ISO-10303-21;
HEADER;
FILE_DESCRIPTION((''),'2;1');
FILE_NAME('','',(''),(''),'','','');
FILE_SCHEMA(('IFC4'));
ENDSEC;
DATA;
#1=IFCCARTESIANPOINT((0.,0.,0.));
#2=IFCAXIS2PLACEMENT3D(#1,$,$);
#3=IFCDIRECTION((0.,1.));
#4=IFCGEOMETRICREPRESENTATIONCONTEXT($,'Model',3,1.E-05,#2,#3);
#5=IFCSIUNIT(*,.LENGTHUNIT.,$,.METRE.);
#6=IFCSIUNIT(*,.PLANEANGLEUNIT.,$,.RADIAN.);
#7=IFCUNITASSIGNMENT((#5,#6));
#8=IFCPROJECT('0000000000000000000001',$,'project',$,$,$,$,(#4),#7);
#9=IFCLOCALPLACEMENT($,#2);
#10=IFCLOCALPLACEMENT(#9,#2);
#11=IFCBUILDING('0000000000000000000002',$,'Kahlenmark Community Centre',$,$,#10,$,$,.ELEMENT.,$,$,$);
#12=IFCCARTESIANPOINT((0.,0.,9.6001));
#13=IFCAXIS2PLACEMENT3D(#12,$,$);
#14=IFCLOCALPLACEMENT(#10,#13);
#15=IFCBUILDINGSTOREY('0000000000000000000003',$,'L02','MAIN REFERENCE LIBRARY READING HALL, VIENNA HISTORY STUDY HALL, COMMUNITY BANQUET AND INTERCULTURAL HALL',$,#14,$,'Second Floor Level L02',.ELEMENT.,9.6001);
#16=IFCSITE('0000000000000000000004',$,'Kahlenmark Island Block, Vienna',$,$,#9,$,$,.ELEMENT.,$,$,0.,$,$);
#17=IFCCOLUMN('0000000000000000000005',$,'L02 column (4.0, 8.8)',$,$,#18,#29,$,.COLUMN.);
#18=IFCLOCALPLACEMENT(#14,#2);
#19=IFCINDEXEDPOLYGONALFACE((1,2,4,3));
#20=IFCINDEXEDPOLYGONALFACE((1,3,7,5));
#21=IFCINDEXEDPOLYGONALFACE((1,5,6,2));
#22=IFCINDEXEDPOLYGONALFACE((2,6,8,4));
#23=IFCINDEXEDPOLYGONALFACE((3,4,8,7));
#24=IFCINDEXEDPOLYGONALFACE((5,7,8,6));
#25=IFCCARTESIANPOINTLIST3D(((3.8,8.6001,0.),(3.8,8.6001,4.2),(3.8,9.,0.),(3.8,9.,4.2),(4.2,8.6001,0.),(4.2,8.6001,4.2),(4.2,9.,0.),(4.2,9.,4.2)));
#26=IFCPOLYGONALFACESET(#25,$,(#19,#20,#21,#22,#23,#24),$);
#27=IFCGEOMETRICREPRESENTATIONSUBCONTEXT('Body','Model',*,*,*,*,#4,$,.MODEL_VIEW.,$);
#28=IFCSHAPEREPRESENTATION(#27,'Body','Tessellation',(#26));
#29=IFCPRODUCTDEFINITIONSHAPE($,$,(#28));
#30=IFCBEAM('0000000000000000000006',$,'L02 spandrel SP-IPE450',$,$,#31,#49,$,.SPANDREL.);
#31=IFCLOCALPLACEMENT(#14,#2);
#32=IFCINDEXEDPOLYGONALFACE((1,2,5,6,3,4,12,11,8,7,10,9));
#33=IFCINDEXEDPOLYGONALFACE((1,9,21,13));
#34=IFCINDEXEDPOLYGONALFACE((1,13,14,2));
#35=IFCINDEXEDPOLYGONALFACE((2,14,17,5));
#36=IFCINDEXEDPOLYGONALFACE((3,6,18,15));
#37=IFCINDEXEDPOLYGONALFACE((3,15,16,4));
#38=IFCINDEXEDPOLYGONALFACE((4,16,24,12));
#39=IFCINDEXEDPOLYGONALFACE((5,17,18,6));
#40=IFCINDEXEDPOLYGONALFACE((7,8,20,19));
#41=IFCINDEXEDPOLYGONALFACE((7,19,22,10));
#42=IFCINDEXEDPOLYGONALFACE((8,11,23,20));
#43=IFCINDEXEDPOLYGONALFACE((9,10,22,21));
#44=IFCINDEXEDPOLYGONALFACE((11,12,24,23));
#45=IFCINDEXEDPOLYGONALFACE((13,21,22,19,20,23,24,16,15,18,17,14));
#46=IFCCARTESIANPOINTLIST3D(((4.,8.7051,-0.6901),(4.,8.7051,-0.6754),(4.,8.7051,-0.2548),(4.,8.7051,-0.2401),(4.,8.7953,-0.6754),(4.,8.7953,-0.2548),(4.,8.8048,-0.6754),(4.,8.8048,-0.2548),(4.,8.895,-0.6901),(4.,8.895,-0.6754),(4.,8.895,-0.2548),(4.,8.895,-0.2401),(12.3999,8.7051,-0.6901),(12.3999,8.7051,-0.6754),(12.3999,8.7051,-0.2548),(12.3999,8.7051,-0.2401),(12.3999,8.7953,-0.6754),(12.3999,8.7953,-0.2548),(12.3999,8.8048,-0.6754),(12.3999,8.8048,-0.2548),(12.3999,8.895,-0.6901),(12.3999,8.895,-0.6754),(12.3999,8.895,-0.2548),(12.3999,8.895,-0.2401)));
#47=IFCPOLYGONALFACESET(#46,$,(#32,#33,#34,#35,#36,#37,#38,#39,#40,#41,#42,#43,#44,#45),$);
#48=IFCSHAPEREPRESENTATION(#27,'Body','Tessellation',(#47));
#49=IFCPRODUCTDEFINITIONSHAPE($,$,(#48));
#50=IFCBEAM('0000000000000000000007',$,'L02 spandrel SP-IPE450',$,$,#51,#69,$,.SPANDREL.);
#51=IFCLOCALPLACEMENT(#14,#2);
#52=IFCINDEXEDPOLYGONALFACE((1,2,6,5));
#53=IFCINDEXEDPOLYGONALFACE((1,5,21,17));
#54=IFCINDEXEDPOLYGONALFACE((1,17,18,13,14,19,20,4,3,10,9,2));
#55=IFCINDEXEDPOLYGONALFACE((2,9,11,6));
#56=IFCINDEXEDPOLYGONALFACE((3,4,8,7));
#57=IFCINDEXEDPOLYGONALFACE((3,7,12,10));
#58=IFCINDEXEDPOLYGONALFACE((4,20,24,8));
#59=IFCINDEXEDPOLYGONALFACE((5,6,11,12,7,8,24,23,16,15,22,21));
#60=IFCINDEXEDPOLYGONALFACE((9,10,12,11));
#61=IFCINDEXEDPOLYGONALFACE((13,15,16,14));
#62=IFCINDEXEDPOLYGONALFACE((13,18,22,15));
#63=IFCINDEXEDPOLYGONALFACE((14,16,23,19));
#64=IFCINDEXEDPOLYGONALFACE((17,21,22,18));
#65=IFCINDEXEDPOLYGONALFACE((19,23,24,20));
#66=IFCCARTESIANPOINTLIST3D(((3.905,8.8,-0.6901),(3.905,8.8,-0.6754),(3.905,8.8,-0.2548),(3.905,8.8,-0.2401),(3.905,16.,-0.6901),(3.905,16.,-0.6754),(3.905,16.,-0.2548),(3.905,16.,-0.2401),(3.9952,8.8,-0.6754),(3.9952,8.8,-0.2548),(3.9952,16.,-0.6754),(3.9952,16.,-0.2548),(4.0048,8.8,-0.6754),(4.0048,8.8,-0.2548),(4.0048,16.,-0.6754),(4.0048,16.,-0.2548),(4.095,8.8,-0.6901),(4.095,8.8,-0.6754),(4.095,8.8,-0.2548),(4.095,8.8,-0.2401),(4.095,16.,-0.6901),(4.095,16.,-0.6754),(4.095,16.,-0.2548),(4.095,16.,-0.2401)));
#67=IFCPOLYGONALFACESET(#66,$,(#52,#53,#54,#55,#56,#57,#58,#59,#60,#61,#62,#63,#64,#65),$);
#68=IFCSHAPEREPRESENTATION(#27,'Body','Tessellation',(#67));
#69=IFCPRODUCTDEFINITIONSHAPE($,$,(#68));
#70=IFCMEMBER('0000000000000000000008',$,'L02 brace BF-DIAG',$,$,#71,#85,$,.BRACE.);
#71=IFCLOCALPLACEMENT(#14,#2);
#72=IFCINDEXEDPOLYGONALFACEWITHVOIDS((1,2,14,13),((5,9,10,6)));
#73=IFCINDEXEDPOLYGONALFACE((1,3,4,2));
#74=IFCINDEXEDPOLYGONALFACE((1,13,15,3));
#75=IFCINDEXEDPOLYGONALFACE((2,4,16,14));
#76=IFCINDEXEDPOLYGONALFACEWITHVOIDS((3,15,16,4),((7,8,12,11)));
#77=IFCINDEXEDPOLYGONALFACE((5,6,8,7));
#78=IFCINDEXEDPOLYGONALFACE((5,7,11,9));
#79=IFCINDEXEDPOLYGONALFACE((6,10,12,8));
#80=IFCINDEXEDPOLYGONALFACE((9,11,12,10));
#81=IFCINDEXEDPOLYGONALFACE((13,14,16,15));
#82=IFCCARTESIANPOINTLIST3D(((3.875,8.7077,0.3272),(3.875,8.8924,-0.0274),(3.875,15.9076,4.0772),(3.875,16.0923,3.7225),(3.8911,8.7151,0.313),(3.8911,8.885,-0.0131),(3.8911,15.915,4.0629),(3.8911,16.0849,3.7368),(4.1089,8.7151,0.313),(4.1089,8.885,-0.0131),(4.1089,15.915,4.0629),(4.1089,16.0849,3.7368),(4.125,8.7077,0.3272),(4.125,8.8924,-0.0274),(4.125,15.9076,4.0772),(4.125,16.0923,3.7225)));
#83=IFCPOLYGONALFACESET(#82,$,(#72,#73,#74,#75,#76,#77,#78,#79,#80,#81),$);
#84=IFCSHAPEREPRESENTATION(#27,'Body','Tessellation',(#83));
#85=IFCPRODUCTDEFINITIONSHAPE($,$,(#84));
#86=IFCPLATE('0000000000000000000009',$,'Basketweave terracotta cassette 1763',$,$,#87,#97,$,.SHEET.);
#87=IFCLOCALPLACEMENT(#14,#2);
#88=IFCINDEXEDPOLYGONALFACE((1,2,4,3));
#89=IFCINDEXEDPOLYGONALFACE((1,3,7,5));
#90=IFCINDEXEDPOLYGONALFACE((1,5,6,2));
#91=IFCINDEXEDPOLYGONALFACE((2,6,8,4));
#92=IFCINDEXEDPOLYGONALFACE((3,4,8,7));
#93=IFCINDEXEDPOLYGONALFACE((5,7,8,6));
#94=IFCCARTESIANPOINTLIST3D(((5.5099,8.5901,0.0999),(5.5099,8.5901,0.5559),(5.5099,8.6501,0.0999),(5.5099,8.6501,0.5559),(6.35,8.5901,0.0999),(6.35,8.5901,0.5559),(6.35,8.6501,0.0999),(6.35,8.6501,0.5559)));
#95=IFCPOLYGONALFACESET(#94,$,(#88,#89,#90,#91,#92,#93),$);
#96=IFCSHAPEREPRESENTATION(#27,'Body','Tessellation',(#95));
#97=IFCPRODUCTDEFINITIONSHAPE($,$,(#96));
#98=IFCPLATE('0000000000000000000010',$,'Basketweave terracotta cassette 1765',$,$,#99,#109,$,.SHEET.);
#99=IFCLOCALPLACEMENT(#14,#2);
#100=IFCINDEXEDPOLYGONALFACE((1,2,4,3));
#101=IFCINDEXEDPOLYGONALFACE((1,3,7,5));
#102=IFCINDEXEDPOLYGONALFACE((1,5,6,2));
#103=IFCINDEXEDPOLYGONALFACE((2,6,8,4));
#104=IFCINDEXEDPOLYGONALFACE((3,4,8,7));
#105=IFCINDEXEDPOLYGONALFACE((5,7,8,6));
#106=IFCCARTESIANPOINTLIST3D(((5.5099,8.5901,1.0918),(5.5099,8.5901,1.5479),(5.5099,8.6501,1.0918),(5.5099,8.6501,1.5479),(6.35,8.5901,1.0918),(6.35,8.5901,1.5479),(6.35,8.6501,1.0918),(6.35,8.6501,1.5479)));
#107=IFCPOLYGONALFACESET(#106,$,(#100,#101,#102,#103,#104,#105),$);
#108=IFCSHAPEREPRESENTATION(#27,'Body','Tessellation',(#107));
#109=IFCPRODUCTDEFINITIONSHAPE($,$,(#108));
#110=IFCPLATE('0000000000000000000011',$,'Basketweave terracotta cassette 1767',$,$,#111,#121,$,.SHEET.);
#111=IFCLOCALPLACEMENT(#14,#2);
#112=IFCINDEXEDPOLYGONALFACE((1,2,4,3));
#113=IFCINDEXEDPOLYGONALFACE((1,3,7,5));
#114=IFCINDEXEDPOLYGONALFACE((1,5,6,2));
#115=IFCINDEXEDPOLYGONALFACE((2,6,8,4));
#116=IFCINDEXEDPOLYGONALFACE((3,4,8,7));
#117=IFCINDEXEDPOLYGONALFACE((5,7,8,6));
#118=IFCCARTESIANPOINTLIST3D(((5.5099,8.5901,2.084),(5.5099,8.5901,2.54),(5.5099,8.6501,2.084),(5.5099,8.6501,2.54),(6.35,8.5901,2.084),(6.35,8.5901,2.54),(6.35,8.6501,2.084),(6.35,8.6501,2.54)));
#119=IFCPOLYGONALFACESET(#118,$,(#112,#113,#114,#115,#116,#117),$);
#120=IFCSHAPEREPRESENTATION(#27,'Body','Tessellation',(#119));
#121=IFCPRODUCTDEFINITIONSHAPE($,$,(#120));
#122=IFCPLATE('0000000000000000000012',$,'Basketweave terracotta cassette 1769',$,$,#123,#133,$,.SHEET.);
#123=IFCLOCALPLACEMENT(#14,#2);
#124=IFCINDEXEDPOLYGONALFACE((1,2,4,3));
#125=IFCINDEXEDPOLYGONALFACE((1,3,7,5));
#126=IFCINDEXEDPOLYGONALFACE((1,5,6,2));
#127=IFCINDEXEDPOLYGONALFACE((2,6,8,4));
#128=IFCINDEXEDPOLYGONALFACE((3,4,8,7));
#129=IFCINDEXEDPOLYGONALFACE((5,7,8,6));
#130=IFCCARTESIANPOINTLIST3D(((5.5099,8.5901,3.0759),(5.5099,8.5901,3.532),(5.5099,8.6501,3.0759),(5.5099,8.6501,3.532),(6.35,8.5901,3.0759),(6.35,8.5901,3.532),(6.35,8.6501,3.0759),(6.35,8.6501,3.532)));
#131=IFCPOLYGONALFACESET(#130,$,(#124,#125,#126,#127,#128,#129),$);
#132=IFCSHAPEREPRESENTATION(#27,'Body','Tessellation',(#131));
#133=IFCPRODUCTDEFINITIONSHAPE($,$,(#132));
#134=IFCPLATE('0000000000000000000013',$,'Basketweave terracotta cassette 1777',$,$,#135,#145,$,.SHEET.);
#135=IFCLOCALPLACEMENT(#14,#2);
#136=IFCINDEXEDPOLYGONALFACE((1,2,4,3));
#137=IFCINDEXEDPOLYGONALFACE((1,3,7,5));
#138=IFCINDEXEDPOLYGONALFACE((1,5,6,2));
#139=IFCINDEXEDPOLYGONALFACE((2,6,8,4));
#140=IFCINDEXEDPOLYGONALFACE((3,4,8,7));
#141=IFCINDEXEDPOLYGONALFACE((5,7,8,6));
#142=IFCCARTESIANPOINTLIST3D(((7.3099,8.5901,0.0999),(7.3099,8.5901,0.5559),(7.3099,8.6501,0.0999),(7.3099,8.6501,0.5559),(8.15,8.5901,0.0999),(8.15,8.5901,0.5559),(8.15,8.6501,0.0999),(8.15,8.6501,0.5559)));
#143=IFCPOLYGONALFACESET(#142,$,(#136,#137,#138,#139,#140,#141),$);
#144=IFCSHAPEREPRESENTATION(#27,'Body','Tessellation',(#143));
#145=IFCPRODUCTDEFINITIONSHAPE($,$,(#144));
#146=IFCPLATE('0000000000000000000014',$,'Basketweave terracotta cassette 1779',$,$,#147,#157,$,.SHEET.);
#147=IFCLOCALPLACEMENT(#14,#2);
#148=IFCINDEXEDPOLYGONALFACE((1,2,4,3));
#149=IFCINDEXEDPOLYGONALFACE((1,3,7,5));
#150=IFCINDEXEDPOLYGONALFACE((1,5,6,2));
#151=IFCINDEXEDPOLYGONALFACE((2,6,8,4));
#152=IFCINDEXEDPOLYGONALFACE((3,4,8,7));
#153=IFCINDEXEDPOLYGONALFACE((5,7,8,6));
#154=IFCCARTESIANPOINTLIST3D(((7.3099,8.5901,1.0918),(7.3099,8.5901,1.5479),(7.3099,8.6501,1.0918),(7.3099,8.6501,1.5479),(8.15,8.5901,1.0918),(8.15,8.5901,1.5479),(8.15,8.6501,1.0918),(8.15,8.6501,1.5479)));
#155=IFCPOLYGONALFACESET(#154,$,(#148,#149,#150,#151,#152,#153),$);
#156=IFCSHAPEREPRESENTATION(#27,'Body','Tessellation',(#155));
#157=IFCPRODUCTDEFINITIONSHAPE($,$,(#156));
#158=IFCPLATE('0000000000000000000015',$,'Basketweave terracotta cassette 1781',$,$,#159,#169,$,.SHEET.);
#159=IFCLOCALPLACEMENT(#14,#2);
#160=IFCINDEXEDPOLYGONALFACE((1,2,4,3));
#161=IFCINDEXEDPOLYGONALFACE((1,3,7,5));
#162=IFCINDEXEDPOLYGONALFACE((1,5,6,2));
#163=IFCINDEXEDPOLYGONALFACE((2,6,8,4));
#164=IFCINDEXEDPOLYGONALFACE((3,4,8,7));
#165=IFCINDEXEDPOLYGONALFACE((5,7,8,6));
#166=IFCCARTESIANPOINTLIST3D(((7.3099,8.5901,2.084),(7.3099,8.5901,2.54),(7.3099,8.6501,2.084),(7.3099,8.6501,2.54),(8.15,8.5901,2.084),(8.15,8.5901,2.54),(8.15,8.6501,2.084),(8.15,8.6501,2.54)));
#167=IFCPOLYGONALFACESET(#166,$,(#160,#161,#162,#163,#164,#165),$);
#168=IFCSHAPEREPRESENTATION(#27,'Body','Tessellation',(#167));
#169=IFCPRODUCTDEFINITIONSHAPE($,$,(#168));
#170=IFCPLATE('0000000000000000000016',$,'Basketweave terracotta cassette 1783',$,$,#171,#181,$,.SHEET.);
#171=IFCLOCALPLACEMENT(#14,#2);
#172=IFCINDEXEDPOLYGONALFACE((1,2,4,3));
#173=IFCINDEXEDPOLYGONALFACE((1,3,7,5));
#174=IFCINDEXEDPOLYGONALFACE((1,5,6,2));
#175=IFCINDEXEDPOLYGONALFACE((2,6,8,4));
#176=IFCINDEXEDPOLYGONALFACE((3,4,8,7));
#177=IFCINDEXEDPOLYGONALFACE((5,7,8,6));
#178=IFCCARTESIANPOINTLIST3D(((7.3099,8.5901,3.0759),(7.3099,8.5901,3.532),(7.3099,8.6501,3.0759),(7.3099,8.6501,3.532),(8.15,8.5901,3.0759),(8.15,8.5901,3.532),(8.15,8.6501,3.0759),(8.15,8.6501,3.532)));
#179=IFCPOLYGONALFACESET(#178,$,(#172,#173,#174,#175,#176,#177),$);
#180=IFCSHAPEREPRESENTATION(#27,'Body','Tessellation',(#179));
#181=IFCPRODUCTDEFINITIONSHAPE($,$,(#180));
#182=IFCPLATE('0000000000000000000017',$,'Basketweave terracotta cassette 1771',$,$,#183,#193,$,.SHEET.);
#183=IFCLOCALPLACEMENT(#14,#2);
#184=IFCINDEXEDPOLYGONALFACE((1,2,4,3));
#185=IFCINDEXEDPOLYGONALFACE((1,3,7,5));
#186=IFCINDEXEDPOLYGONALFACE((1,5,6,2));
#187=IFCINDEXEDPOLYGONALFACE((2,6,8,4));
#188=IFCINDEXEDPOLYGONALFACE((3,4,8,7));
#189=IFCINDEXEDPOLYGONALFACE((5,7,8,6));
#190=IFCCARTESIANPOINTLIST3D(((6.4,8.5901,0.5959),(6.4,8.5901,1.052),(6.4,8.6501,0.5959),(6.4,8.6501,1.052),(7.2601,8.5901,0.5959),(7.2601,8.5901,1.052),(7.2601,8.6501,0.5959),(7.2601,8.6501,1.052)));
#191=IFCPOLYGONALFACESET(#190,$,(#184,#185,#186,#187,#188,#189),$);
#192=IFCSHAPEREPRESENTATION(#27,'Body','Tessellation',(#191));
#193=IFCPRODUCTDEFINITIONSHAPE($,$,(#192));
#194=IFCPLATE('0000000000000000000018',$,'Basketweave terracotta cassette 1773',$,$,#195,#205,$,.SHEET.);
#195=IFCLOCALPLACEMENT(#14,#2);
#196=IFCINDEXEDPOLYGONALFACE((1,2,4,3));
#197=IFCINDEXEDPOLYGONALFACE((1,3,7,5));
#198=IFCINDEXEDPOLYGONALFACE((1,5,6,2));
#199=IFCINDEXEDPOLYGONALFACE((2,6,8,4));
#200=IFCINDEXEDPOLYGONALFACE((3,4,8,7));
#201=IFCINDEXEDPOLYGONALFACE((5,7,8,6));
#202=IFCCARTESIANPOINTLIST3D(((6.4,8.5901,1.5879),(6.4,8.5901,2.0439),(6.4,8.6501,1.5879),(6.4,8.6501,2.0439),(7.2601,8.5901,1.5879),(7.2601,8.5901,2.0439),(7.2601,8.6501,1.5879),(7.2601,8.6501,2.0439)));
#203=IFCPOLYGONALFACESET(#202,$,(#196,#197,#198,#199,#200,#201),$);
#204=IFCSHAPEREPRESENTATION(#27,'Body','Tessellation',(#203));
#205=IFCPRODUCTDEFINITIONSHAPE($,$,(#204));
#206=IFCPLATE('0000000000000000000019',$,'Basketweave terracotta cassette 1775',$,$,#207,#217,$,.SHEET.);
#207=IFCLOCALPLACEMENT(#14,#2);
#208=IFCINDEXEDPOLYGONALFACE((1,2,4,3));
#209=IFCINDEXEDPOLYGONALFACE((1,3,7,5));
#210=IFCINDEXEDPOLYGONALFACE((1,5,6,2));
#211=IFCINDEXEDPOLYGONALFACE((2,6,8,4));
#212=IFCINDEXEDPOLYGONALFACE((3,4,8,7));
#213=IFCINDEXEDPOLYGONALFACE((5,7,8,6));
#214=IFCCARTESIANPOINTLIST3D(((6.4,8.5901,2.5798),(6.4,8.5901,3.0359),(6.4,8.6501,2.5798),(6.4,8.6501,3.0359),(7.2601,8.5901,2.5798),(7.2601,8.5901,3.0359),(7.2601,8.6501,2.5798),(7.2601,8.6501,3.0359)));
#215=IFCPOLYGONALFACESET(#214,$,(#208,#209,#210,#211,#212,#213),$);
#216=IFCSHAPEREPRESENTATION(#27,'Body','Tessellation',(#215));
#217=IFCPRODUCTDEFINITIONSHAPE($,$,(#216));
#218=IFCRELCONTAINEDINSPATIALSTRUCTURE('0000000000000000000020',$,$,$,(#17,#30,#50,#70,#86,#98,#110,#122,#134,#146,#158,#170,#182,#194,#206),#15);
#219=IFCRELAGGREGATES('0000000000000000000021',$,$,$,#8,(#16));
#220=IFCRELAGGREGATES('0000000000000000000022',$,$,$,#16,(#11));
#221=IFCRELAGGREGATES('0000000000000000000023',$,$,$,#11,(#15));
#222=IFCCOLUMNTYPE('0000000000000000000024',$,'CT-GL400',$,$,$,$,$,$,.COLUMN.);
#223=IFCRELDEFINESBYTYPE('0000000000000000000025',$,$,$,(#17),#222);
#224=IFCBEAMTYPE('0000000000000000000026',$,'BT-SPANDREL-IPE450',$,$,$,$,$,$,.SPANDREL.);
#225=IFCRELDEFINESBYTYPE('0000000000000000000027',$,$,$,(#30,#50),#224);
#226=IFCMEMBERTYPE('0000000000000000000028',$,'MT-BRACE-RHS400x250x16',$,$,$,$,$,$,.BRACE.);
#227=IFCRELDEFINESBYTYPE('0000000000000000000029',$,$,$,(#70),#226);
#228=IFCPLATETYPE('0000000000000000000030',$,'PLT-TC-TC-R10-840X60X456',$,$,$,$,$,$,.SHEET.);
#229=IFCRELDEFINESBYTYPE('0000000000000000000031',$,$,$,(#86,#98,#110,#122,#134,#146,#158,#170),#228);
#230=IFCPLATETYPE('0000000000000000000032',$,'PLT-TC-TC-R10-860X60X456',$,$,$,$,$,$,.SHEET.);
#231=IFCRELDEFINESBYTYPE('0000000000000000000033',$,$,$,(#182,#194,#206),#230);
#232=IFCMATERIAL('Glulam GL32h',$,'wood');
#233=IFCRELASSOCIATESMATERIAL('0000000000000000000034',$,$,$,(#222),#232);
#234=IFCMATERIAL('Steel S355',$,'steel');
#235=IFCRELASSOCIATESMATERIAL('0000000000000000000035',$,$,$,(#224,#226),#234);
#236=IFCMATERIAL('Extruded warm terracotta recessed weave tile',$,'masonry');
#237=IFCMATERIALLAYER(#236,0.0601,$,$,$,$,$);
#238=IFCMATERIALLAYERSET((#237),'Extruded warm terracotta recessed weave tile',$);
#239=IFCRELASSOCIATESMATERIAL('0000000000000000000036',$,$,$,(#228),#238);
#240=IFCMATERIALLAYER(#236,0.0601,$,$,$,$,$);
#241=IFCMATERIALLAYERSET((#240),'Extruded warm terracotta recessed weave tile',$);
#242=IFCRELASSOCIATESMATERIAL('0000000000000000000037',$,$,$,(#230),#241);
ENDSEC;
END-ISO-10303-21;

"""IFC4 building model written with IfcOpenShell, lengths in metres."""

from ifc_helpers import new_model, si_unit, direction, frame, origin, origin_2d, place, context, subcontext, project, spatial, rectangle, hollow_rectangle, i_section, extrude, material, layer, layer_set, material_profile, profile_set, type_object, element, save


model = new_model("IFC4")

# Units and contexts
model_context = context("Model", 3, precision=1e-05, world=origin(), true_north=direction((0.0, 1.0)))
body_context = subcontext(model_context, "Body", "Model", "MODEL_VIEW")
ifc_project = project(units=[si_unit("LENGTHUNIT", "METRE"), si_unit("PLANEANGLEUNIT", "RADIAN")], contexts=[model_context])

# Site, building, storey
site_placement = place(None, origin())
site = spatial("IfcSite", under=ifc_project, at=site_placement, Name="Kahlenmark Island Block, Vienna", CompositionType="ELEMENT", RefElevation=0.0)
building_placement = place(site_placement, origin())
building = spatial("IfcBuilding", under=site, at=building_placement, Name="Kahlenmark Community Centre", CompositionType="ELEMENT")
storey_placement = place(building_placement, frame((0.0, 0.0, 9.6001)))
storey = spatial("IfcBuildingStorey", under=building, at=storey_placement, Name="L02", Description="MAIN REFERENCE LIBRARY READING HALL, VIENNA HISTORY STUDY HALL, COMMUNITY BANQUET AND INTERCULTURAL HALL", LongName="Second Floor Level L02", CompositionType="ELEMENT", Elevation=9.6001)

# Column
ifc_material_1 = material(Name="Glulam GL32h", Category="wood")
ifc_material_profile_1 = material_profile(ifc_material_1, rectangle(XDim=0.3999, YDim=0.3999, at=origin_2d()), Name="GL32h 400x400")
ifc_profile_set_1 = profile_set([ifc_material_profile_1], Name="Glulam GL32h")
column_type = type_object("IfcColumnType", Name="CT-GL400", PredefinedType="COLUMN", material=ifc_profile_set_1)
column_placement = place(storey_placement, frame((4.0, 8.8, 0.0), z_axis=(0.0, 0.0, 1.0), x_axis=(1.0, 0.0, 0.0)))
element("IfcColumn", 1, at=column_placement, inside=storey, type_object=column_type, Name="L02 column (4.0, 8.8)", PredefinedType="COLUMN", context=body_context, shape_type="SweptSolid", body=[
    extrude(rectangle(XDim=0.3999, YDim=0.3999, at=origin_2d()), origin(), (0.0, 0.0, 1.0), 4.2),
])

# Beams
ifc_material_2 = material(Name="Steel S355", Category="steel")
ifc_material_profile_2 = material_profile(ifc_material_2, i_section(OverallWidth=0.1899, OverallDepth=0.45, WebThickness=0.0095, FlangeThickness=0.0146, at=origin_2d()), Name="IPE 450")
ifc_profile_set_2 = profile_set([ifc_material_profile_2], Name="Steel S355")
beam_type = type_object("IfcBeamType", Name="BT-SPANDREL-IPE450", PredefinedType="SPANDREL", material=ifc_profile_set_2)
beam_1_placement = place(storey_placement, frame((4.0, 8.8, -0.4651), z_axis=(1.0, 0.0, 0.0), x_axis=(0.0, 1.0, 0.0)))
element("IfcBeam", 2, at=beam_1_placement, inside=storey, type_object=beam_type, Name="L02 spandrel SP-IPE450", PredefinedType="SPANDREL", context=body_context, shape_type="SweptSolid", body=[
    extrude(i_section(OverallWidth=0.1899, OverallDepth=0.45, WebThickness=0.0095, FlangeThickness=0.0146, at=origin_2d()), origin(), (0.0, 0.0, 1.0), 8.3999),
])
beam_2_placement = place(storey_placement, frame((4.0, 8.8, -0.4651), z_axis=(0.0, 1.0, 0.0), x_axis=(-1.0, 0.0, 0.0)))
element("IfcBeam", 3, at=beam_2_placement, inside=storey, type_object=beam_type, Name="L02 spandrel SP-IPE450", PredefinedType="SPANDREL", context=body_context, shape_type="SweptSolid", body=[
    extrude(i_section(OverallWidth=0.1899, OverallDepth=0.45, WebThickness=0.0095, FlangeThickness=0.0146, at=origin_2d()), origin(), (0.0, 0.0, 1.0), 7.2),
])

# Member
ifc_material_profile_3 = material_profile(ifc_material_2, hollow_rectangle(XDim=0.25, YDim=0.3999, WallThickness=0.0161, at=origin_2d()), Name="RHS 400x250x16")
ifc_profile_set_3 = profile_set([ifc_material_profile_3], Name="Steel S355")
member_type = type_object("IfcMemberType", Name="MT-BRACE-RHS400x250x16", PredefinedType="BRACE", material=ifc_profile_set_3)
member_placement = place(storey_placement, frame((4.0, 8.8, 0.1499), z_axis=(0.0, 0.886913, 0.461937), x_axis=(-1.0, 0.0, 0.0)))
element("IfcMember", 4, at=member_placement, inside=storey, type_object=member_type, Name="L02 brace BF-DIAG", PredefinedType="BRACE", context=body_context, shape_type="SweptSolid", body=[
    extrude(hollow_rectangle(XDim=0.25, YDim=0.3999, WallThickness=0.0161, at=origin_2d()), origin(), (0.0, 0.0, 1.0), 8.1179),
])

# Plates
ifc_material_3 = material(Name="Extruded warm terracotta recessed weave tile", Category="masonry")
ifc_layer_1 = layer(ifc_material_3, 0.0601)
ifc_layer_set_1 = layer_set([ifc_layer_1], Name="Extruded warm terracotta recessed weave tile")
plate_type_1 = type_object("IfcPlateType", Name="PLT-TC-TC-R10-840X60X456", PredefinedType="SHEET", material=ifc_layer_set_1)
for number, where, z_axis, x_axis, name in (
    (5, (5.9299, 8.6201, 0.0999), (0.0, 0.0, 1.0), (1.0, 0.0, 0.0), "Basketweave terracotta cassette 1763"),
    (6, (5.9299, 8.6201, 1.0918), (0.0, 0.0, 1.0), (1.0, 0.0, 0.0), "Basketweave terracotta cassette 1765"),
    (7, (5.9299, 8.6201, 2.084), (0.0, 0.0, 1.0), (1.0, 0.0, 0.0), "Basketweave terracotta cassette 1767"),
    (8, (5.9299, 8.6201, 3.0759), (0.0, 0.0, 1.0), (1.0, 0.0, 0.0), "Basketweave terracotta cassette 1769"),
    (9, (7.73, 8.6201, 0.0999), (0.0, 0.0, 1.0), (1.0, 0.0, 0.0), "Basketweave terracotta cassette 1777"),
    (10, (7.73, 8.6201, 1.0918), (0.0, 0.0, 1.0), (1.0, 0.0, 0.0), "Basketweave terracotta cassette 1779"),
    (11, (7.73, 8.6201, 2.084), (0.0, 0.0, 1.0), (1.0, 0.0, 0.0), "Basketweave terracotta cassette 1781"),
    (12, (7.73, 8.6201, 3.0759), (0.0, 0.0, 1.0), (1.0, 0.0, 0.0), "Basketweave terracotta cassette 1783"),
):
    element("IfcPlate", number, at=place(storey_placement, frame(where, z_axis=z_axis, x_axis=x_axis)), inside=storey, type_object=plate_type_1, Name=name, PredefinedType="SHEET", context=body_context, shape_type="SweptSolid", body=[
        extrude(rectangle(XDim=0.8401, YDim=0.0601, at=origin_2d()), origin(), (0.0, 0.0, 1.0), 0.4561),
    ])
ifc_layer_2 = layer(ifc_material_3, 0.0601)
ifc_layer_set_2 = layer_set([ifc_layer_2], Name="Extruded warm terracotta recessed weave tile")
plate_type_2 = type_object("IfcPlateType", Name="PLT-TC-TC-R10-860X60X456", PredefinedType="SHEET", material=ifc_layer_set_2)
for number, where, z_axis, x_axis, name in (
    (13, (6.8301, 8.6201, 0.5959), (0.0, 0.0, 1.0), (1.0, 0.0, 0.0), "Basketweave terracotta cassette 1771"),
    (14, (6.8301, 8.6201, 1.5879), (0.0, 0.0, 1.0), (1.0, 0.0, 0.0), "Basketweave terracotta cassette 1773"),
    (15, (6.8301, 8.6201, 2.5798), (0.0, 0.0, 1.0), (1.0, 0.0, 0.0), "Basketweave terracotta cassette 1775"),
):
    element("IfcPlate", number, at=place(storey_placement, frame(where, z_axis=z_axis, x_axis=x_axis)), inside=storey, type_object=plate_type_2, Name=name, PredefinedType="SHEET", context=body_context, shape_type="SweptSolid", body=[
        extrude(rectangle(XDim=0.8601, YDim=0.0601, at=origin_2d()), origin(), (0.0, 0.0, 1.0), 0.4561),
    ])

save(model, "model.ifc")
